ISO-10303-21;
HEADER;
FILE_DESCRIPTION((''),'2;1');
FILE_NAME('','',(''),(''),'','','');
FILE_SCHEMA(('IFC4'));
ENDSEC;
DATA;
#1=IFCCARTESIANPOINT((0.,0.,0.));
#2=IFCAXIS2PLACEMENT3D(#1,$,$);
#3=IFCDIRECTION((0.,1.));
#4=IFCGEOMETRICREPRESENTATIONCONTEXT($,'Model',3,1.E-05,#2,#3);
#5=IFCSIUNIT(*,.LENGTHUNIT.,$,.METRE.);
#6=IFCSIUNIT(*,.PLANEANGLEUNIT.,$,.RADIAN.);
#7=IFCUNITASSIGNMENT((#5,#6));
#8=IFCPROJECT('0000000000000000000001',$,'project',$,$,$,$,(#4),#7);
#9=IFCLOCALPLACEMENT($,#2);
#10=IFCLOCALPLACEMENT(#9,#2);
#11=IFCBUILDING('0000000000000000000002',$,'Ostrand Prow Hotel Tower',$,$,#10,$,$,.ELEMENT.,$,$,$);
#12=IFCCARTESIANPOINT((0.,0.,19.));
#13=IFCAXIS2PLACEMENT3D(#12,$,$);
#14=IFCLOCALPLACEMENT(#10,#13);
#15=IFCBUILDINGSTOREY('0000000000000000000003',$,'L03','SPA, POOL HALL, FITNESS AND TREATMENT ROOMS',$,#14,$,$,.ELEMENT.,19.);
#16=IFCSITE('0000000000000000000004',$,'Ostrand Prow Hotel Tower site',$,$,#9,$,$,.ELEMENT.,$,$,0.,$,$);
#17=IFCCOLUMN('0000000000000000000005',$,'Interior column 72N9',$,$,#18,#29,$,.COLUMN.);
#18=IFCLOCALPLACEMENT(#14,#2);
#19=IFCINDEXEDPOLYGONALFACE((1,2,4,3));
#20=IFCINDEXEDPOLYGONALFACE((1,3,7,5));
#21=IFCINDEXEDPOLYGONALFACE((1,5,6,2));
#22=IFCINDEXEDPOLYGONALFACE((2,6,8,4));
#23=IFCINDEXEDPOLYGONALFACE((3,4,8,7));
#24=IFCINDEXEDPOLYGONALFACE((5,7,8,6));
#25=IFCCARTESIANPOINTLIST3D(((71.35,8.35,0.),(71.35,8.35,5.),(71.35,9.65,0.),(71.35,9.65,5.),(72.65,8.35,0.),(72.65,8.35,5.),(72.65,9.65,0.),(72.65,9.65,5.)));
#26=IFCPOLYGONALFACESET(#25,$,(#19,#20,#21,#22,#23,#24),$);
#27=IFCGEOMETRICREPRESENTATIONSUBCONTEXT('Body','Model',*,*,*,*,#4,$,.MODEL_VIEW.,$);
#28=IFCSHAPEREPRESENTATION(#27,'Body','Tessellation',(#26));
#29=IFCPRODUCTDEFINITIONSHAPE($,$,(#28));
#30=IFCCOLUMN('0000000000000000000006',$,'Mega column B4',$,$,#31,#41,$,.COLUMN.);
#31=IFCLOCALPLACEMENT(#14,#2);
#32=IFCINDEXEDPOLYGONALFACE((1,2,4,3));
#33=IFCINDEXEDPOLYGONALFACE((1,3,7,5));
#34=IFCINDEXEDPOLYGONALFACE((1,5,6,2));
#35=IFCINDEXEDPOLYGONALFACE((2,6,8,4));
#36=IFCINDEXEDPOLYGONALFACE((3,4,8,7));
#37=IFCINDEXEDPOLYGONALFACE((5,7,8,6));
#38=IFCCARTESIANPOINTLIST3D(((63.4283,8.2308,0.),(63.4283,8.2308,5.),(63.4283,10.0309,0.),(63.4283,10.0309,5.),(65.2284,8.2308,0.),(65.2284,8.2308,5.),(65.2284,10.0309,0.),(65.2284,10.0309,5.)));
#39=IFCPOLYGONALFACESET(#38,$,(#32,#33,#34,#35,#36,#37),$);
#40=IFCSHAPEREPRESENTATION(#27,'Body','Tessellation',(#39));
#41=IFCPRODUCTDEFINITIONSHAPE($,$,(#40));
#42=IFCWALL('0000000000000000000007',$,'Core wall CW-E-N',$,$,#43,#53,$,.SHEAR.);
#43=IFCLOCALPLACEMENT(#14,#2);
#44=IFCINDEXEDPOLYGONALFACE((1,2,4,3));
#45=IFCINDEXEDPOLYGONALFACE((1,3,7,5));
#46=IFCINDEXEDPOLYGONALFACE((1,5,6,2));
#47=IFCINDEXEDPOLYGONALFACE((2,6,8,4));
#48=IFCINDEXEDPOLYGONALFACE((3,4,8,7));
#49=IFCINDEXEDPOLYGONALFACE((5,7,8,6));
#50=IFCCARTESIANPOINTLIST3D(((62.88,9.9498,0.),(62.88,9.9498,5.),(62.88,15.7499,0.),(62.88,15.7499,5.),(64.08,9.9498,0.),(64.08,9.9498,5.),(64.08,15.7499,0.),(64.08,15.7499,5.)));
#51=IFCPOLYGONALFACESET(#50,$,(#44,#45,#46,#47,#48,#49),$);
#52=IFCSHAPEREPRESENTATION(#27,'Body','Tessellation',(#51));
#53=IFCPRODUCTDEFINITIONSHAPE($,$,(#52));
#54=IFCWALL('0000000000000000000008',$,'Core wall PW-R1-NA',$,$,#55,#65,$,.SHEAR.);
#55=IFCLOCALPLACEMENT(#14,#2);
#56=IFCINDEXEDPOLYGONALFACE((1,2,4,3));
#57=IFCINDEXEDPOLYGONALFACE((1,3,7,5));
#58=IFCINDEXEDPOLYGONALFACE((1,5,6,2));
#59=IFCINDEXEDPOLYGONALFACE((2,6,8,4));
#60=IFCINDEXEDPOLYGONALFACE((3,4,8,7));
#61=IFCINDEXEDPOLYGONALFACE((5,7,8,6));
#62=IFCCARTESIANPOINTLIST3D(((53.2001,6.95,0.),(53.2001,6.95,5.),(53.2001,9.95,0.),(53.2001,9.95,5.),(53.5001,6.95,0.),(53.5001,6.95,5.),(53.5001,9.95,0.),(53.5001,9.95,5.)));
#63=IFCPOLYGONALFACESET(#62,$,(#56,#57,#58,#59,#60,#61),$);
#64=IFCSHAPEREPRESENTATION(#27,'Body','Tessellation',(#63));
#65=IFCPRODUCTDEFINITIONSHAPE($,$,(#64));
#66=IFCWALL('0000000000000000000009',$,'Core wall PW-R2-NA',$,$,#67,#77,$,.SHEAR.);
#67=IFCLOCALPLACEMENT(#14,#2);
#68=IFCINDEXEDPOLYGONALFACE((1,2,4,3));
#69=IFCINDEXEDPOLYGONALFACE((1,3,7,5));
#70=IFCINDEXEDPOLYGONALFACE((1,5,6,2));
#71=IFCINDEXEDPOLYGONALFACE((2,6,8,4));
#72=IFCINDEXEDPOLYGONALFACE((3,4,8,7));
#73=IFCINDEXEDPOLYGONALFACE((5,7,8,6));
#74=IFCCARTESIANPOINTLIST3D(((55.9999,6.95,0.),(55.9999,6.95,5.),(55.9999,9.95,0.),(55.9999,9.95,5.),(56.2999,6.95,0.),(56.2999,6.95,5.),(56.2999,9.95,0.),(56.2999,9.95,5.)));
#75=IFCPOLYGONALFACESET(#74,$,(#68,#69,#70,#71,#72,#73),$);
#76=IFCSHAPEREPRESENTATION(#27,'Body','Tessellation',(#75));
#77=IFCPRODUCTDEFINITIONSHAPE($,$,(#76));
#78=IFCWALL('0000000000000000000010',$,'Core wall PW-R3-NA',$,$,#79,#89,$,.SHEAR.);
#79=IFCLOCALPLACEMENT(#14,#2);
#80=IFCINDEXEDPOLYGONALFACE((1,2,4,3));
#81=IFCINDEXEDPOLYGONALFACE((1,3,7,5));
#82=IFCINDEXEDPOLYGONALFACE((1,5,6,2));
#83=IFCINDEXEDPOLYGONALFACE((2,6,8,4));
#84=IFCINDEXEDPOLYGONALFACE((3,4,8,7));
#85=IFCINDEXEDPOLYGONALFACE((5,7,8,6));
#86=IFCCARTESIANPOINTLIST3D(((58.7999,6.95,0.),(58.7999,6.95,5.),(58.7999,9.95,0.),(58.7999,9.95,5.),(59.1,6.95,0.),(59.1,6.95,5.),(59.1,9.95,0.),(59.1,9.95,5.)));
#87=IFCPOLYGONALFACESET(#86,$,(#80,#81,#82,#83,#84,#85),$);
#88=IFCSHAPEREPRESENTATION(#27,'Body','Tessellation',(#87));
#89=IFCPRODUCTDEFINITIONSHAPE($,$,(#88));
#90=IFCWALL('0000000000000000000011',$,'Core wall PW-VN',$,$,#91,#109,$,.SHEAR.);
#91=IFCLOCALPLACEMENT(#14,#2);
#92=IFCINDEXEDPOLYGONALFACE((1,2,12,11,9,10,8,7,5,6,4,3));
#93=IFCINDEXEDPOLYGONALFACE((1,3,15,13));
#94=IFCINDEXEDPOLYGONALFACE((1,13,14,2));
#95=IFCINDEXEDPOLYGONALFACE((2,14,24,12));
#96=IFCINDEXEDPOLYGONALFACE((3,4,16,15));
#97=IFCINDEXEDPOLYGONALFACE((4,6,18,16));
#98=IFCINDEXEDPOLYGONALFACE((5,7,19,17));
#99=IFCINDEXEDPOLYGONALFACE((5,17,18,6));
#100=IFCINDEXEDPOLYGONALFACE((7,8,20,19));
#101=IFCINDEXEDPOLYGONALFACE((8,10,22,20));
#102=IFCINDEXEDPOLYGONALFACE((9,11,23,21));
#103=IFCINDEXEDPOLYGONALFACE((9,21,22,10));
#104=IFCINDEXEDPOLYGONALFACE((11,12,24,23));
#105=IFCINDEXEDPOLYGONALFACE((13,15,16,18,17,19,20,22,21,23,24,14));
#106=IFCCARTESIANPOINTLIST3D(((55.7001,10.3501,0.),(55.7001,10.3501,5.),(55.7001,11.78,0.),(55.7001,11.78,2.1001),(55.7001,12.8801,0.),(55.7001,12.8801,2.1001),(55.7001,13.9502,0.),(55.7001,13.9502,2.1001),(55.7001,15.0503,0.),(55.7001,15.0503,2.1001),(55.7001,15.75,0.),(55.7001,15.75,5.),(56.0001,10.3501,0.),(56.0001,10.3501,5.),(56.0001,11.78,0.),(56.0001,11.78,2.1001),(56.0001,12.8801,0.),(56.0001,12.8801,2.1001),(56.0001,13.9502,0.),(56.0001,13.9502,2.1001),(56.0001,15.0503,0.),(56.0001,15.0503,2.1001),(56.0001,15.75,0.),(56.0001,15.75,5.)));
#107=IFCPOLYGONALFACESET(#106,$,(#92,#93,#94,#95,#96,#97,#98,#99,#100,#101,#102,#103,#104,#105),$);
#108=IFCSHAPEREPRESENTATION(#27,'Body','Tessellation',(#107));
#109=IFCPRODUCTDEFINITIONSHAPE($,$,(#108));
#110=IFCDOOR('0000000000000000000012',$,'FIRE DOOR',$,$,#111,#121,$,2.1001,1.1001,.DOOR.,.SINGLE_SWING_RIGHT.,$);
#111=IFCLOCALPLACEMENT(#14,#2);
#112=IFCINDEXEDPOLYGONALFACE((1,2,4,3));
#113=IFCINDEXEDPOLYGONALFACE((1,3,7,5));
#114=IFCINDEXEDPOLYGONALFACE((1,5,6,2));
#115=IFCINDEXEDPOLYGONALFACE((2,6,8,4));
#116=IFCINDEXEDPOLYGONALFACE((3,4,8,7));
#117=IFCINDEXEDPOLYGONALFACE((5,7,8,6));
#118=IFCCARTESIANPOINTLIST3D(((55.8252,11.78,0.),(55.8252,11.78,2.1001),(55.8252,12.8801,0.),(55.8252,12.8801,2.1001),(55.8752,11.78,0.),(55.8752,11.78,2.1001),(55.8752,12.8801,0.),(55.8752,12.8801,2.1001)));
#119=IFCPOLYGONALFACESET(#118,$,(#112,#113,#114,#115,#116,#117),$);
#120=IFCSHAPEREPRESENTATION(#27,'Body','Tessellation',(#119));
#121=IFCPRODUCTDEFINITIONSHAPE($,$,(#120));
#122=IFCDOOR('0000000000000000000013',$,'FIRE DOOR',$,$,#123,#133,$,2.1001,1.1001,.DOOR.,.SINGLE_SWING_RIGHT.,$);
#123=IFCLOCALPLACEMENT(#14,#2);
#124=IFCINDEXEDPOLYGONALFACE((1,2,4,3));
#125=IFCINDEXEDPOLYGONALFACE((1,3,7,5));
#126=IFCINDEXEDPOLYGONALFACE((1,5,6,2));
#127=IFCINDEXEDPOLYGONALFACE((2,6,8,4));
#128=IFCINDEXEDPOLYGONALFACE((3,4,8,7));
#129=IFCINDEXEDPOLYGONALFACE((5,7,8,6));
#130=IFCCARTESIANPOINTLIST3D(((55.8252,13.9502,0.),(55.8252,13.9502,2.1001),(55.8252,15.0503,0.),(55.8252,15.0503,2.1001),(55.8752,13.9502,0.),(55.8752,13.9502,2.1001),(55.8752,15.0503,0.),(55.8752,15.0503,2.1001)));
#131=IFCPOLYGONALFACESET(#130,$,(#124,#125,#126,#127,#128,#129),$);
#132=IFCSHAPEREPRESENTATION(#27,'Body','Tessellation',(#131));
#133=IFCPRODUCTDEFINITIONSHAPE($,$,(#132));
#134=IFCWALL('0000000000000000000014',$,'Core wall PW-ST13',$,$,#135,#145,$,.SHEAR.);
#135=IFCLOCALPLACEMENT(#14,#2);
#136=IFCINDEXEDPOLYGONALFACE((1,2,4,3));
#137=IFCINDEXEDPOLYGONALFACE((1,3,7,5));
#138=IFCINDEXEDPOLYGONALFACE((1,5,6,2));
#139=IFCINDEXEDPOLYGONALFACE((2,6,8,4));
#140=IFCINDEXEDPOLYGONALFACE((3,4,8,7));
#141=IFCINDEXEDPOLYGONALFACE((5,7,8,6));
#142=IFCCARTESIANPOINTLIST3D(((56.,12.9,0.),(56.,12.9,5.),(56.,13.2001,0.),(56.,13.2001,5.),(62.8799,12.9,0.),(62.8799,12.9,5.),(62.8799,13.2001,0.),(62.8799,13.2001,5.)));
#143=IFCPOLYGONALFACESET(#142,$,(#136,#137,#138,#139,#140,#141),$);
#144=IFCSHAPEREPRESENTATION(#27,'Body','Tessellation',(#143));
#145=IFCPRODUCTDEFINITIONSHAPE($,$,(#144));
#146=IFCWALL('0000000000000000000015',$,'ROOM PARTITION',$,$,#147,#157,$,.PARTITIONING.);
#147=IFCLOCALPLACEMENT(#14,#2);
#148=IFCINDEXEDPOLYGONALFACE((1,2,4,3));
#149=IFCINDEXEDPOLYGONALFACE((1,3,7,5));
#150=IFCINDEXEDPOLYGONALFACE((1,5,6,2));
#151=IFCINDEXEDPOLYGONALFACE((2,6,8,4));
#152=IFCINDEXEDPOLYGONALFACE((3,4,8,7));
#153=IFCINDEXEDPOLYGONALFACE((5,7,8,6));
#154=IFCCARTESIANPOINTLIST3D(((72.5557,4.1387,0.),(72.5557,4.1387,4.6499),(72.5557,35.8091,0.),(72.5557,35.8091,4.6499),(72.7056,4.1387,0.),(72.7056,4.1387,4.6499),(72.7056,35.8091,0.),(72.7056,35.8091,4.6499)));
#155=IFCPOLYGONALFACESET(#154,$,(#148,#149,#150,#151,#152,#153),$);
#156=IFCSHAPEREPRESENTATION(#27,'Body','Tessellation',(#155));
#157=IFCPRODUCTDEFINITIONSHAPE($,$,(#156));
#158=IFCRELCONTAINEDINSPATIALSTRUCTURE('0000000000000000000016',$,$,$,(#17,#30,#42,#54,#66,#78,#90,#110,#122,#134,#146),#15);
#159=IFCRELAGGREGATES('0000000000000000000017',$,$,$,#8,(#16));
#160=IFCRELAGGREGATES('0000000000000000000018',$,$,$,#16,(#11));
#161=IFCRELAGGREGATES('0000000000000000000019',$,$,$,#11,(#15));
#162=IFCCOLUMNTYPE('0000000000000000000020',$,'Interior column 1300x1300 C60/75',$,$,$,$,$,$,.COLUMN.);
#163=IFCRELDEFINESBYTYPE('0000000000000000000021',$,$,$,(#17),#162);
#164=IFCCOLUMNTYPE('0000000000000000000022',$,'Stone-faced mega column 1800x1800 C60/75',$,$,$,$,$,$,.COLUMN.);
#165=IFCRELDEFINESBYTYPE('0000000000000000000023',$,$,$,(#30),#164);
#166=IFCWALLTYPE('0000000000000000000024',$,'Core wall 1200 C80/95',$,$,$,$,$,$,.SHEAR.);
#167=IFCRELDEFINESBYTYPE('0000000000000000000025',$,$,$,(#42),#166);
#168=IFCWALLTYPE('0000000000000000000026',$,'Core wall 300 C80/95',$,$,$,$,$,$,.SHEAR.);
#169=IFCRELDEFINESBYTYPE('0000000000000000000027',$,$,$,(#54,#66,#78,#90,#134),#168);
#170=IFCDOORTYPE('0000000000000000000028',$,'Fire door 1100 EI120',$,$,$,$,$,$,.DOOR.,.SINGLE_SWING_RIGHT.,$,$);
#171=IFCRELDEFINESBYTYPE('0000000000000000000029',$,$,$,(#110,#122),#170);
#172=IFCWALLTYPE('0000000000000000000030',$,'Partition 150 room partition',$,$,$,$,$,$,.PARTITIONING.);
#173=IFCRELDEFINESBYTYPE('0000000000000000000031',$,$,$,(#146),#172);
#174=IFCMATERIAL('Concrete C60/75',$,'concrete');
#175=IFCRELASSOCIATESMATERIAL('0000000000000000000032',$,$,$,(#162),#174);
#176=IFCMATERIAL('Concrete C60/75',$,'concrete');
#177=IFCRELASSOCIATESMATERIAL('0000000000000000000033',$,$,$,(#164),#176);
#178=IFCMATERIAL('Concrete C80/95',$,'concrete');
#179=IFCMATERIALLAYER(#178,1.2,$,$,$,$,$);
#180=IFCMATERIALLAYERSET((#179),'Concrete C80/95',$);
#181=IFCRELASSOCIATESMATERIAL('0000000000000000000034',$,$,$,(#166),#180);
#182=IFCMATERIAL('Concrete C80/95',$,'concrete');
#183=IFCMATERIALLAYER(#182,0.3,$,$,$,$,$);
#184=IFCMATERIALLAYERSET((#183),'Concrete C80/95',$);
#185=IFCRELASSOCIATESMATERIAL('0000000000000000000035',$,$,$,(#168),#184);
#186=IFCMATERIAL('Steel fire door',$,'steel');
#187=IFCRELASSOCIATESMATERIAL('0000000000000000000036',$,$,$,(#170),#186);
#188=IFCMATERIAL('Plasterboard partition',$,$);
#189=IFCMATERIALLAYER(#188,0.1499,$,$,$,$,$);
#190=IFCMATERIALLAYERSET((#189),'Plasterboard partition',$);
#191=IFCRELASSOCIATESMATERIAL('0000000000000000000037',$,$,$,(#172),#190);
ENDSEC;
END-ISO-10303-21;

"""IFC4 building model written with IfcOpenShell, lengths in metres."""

from ifc_helpers import new_model, si_unit, direction, frame, frame_2d, origin, origin_2d, place, context, subcontext, project, spatial, rectangle, extrude, material, layer, layer_set, material_profile, profile_set, type_object, element, fill, save


model = new_model("IFC4")

# Units and contexts
model_context = context("Model", 3, precision=1e-05, world=origin(), true_north=direction((0.0, 1.0)))
body_context = subcontext(model_context, "Body", "Model", "MODEL_VIEW")
ifc_project = project(units=[si_unit("LENGTHUNIT", "METRE"), si_unit("PLANEANGLEUNIT", "RADIAN")], contexts=[model_context])

# Site, building, storey
site_placement = place(None, origin())
site = spatial("IfcSite", under=ifc_project, at=site_placement, Name="Ostrand Prow Hotel Tower site", CompositionType="ELEMENT", RefElevation=0.0)
building_placement = place(site_placement, origin())
building = spatial("IfcBuilding", under=site, at=building_placement, Name="Ostrand Prow Hotel Tower", CompositionType="ELEMENT")
storey_placement = place(building_placement, frame((0.0, 0.0, 19.0)))
storey = spatial("IfcBuildingStorey", under=building, at=storey_placement, Name="L03", Description="SPA, POOL HALL, FITNESS AND TREATMENT ROOMS", CompositionType="ELEMENT", Elevation=19.0)

# Columns
ifc_material_1 = material(Name="Concrete C60/75", Category="concrete")
ifc_material_profile_1 = material_profile(ifc_material_1, rectangle(XDim=1.3, YDim=1.3, at=origin_2d()), Name="RC 1300x1300")
ifc_profile_set_1 = profile_set([ifc_material_profile_1], Name="Concrete C60/75")
column_type_1 = type_object("IfcColumnType", Name="Interior column 1300x1300 C60/75", PredefinedType="COLUMN", material=ifc_profile_set_1)
column_1_placement = place(storey_placement, frame((72.0, 9.0, 0.0), z_axis=(0.0, 0.0, 1.0), x_axis=(1.0, 0.0, 0.0)))
element("IfcColumn", 1, at=column_1_placement, inside=storey, type_object=column_type_1, Name="Interior column 72N9", PredefinedType="COLUMN", context=body_context, shape_type="SweptSolid", body=[
    extrude(rectangle(XDim=1.3, YDim=1.3, at=origin_2d()), origin(), (0.0, 0.0, 1.0), 5.0),
])
ifc_material_2 = material(Name="Concrete C60/75", Category="concrete")
ifc_material_profile_2 = material_profile(ifc_material_2, rectangle(XDim=1.8, YDim=1.8, at=origin_2d()), Name="RC 1800x1800")
ifc_profile_set_2 = profile_set([ifc_material_profile_2], Name="Concrete C60/75")
column_type_2 = type_object("IfcColumnType", Name="Stone-faced mega column 1800x1800 C60/75", PredefinedType="COLUMN", material=ifc_profile_set_2)
column_2_placement = place(storey_placement, frame((64.3284, 9.1309, 0.0), z_axis=(0.0, 0.0, 1.0), x_axis=(1.0, 0.0, 0.0)))
element("IfcColumn", 2, at=column_2_placement, inside=storey, type_object=column_type_2, Name="Mega column B4", PredefinedType="COLUMN", context=body_context, shape_type="SweptSolid", body=[
    extrude(rectangle(XDim=1.8, YDim=1.8, at=origin_2d()), origin(), (0.0, 0.0, 1.0), 5.0),
])

# Walls
ifc_material_3 = material(Name="Concrete C80/95", Category="concrete")
ifc_layer_1 = layer(ifc_material_3, 1.2)
ifc_layer_set_1 = layer_set([ifc_layer_1], Name="Concrete C80/95")
wall_type_1 = type_object("IfcWallType", Name="Core wall 1200 C80/95", PredefinedType="SHEAR", material=ifc_layer_set_1)
wall_1_placement = place(storey_placement, frame((63.48, 9.95, 0.0), z_axis=(0.0, 0.0, 1.0), x_axis=(0.0, 1.0, 0.0)))
element("IfcWall", 3, at=wall_1_placement, inside=storey, type_object=wall_type_1, Name="Core wall CW-E-N", PredefinedType="SHEAR", context=body_context, shape_type="SweptSolid", body=[
    extrude(rectangle(XDim=5.8, YDim=1.2, at=frame_2d((2.8999, 0.0))), origin(), (0.0, 0.0, 1.0), 5.0),
])
ifc_material_4 = material(Name="Concrete C80/95", Category="concrete")
ifc_layer_2 = layer(ifc_material_4, 0.3)
ifc_layer_set_2 = layer_set([ifc_layer_2], Name="Concrete C80/95")
wall_type_2 = type_object("IfcWallType", Name="Core wall 300 C80/95", PredefinedType="SHEAR", material=ifc_layer_set_2)
for number, where, z_axis, x_axis, name in (
    (4, (53.3501, 6.95, 0.0), (0.0, 0.0, 1.0), (0.0, 1.0, 0.0), "Core wall PW-R1-NA"),
    (5, (56.1499, 6.95, 0.0), (0.0, 0.0, 1.0), (0.0, 1.0, 0.0), "Core wall PW-R2-NA"),
    (6, (58.95, 6.95, 0.0), (0.0, 0.0, 1.0), (0.0, 1.0, 0.0), "Core wall PW-R3-NA"),
):
    element("IfcWall", number, at=place(storey_placement, frame(where, z_axis=z_axis, x_axis=x_axis)), inside=storey, type_object=wall_type_2, Name=name, PredefinedType="SHEAR", context=body_context, shape_type="SweptSolid", body=[
        extrude(rectangle(XDim=3.0, YDim=0.3, at=frame_2d((1.5, 0.0))), origin(), (0.0, 0.0, 1.0), 5.0),
    ])

# Wall, openings, doors
wall_2_placement = place(storey_placement, frame((55.8501, 10.3501, 0.0), z_axis=(0.0, 0.0, 1.0), x_axis=(0.0, 1.0, 0.0)))
wall_2 = element("IfcWall", 7, at=wall_2_placement, inside=storey, type_object=wall_type_2, Name="Core wall PW-VN", PredefinedType="SHEAR", context=body_context, shape_type="SweptSolid", body=[
    extrude(rectangle(XDim=5.3999, YDim=0.3, at=frame_2d((2.7, 0.0))), origin(), (0.0, 0.0, 1.0), 5.0),
])
opening_1_placement = place(wall_2_placement, frame((1.4299, 0.0, 0.0)))
opening_1 = element("IfcOpeningElement", 8, at=opening_1_placement, cuts=wall_2, PredefinedType="OPENING", context=body_context, shape_type="SweptSolid", body=[
    extrude(rectangle(XDim=1.1001, YDim=2.1001, at=frame_2d((0.55, 1.05))), frame((0.0, 0.1599, 0.0), z_axis=(0.0, -1.0, 0.0), x_axis=(1.0, 0.0, 0.0)), (0.0, 0.0, 1.0), 0.3201),
])
opening_2_placement = place(wall_2_placement, frame((3.6001, 0.0, 0.0)))
opening_2 = element("IfcOpeningElement", 9, at=opening_2_placement, cuts=wall_2, PredefinedType="OPENING", context=body_context, shape_type="SweptSolid", body=[
    extrude(rectangle(XDim=1.1001, YDim=2.1001, at=frame_2d((0.55, 1.05))), frame((0.0, 0.1599, 0.0), z_axis=(0.0, -1.0, 0.0), x_axis=(1.0, 0.0, 0.0)), (0.0, 0.0, 1.0), 0.3201),
])
ifc_material_5 = material(Name="Steel fire door", Category="steel")
door_type_1 = type_object("IfcDoorType", Name="Fire door 1100 EI120", OperationType="SINGLE_SWING_RIGHT", PredefinedType="DOOR", material=ifc_material_5)
door_1_placement = place(opening_1_placement, origin())
door_1 = element("IfcDoor", 10, at=door_1_placement, inside=storey, type_object=door_type_1, Name="FIRE DOOR", OperationType="SINGLE_SWING_RIGHT", OverallHeight=2.1001, OverallWidth=1.1001, PredefinedType="DOOR", context=body_context, shape_type="SweptSolid", body=[
    extrude(rectangle(XDim=1.1001, YDim=2.1001, at=frame_2d((0.55, 1.05))), frame((0.0, 0.0249, 0.0), z_axis=(0.0, -1.0, 0.0), x_axis=(1.0, 0.0, 0.0)), (0.0, 0.0, 1.0), 0.05),
])
fill(opening_1, door_1)
door_2_placement = place(opening_2_placement, origin())
door_2 = element("IfcDoor", 11, at=door_2_placement, inside=storey, type_object=door_type_1, Name="FIRE DOOR", OperationType="SINGLE_SWING_RIGHT", OverallHeight=2.1001, OverallWidth=1.1001, PredefinedType="DOOR", context=body_context, shape_type="SweptSolid", body=[
    extrude(rectangle(XDim=1.1001, YDim=2.1001, at=frame_2d((0.55, 1.05))), frame((0.0, 0.0249, 0.0), z_axis=(0.0, -1.0, 0.0), x_axis=(1.0, 0.0, 0.0)), (0.0, 0.0, 1.0), 0.05),
])
fill(opening_2, door_2)

# Walls
wall_3_placement = place(storey_placement, frame((56.0, 13.05, 0.0), z_axis=(0.0, 0.0, 1.0), x_axis=(1.0, 0.0, 0.0)))
element("IfcWall", 12, at=wall_3_placement, inside=storey, type_object=wall_type_2, Name="Core wall PW-ST13", PredefinedType="SHEAR", context=body_context, shape_type="SweptSolid", body=[
    extrude(rectangle(XDim=6.8799, YDim=0.3, at=frame_2d((3.4399, 0.0))), origin(), (0.0, 0.0, 1.0), 5.0),
])
ifc_material_6 = material(Name="Plasterboard partition")
ifc_layer_3 = layer(ifc_material_6, 0.1499)
ifc_layer_set_3 = layer_set([ifc_layer_3], Name="Plasterboard partition")
wall_type_3 = type_object("IfcWallType", Name="Partition 150 room partition", PredefinedType="PARTITIONING", material=ifc_layer_set_3)
wall_4_placement = place(storey_placement, frame((72.6306, 4.1387, 0.0), z_axis=(0.0, 0.0, 1.0), x_axis=(0.0, 1.0, 0.0)))
element("IfcWall", 13, at=wall_4_placement, inside=storey, type_object=wall_type_3, Name="ROOM PARTITION", PredefinedType="PARTITIONING", context=body_context, shape_type="SweptSolid", body=[
    extrude(rectangle(XDim=31.6704, YDim=0.1499, at=frame_2d((15.8352, 0.0))), origin(), (0.0, 0.0, 1.0), 4.6499),
])

save(model, "model.ifc")
